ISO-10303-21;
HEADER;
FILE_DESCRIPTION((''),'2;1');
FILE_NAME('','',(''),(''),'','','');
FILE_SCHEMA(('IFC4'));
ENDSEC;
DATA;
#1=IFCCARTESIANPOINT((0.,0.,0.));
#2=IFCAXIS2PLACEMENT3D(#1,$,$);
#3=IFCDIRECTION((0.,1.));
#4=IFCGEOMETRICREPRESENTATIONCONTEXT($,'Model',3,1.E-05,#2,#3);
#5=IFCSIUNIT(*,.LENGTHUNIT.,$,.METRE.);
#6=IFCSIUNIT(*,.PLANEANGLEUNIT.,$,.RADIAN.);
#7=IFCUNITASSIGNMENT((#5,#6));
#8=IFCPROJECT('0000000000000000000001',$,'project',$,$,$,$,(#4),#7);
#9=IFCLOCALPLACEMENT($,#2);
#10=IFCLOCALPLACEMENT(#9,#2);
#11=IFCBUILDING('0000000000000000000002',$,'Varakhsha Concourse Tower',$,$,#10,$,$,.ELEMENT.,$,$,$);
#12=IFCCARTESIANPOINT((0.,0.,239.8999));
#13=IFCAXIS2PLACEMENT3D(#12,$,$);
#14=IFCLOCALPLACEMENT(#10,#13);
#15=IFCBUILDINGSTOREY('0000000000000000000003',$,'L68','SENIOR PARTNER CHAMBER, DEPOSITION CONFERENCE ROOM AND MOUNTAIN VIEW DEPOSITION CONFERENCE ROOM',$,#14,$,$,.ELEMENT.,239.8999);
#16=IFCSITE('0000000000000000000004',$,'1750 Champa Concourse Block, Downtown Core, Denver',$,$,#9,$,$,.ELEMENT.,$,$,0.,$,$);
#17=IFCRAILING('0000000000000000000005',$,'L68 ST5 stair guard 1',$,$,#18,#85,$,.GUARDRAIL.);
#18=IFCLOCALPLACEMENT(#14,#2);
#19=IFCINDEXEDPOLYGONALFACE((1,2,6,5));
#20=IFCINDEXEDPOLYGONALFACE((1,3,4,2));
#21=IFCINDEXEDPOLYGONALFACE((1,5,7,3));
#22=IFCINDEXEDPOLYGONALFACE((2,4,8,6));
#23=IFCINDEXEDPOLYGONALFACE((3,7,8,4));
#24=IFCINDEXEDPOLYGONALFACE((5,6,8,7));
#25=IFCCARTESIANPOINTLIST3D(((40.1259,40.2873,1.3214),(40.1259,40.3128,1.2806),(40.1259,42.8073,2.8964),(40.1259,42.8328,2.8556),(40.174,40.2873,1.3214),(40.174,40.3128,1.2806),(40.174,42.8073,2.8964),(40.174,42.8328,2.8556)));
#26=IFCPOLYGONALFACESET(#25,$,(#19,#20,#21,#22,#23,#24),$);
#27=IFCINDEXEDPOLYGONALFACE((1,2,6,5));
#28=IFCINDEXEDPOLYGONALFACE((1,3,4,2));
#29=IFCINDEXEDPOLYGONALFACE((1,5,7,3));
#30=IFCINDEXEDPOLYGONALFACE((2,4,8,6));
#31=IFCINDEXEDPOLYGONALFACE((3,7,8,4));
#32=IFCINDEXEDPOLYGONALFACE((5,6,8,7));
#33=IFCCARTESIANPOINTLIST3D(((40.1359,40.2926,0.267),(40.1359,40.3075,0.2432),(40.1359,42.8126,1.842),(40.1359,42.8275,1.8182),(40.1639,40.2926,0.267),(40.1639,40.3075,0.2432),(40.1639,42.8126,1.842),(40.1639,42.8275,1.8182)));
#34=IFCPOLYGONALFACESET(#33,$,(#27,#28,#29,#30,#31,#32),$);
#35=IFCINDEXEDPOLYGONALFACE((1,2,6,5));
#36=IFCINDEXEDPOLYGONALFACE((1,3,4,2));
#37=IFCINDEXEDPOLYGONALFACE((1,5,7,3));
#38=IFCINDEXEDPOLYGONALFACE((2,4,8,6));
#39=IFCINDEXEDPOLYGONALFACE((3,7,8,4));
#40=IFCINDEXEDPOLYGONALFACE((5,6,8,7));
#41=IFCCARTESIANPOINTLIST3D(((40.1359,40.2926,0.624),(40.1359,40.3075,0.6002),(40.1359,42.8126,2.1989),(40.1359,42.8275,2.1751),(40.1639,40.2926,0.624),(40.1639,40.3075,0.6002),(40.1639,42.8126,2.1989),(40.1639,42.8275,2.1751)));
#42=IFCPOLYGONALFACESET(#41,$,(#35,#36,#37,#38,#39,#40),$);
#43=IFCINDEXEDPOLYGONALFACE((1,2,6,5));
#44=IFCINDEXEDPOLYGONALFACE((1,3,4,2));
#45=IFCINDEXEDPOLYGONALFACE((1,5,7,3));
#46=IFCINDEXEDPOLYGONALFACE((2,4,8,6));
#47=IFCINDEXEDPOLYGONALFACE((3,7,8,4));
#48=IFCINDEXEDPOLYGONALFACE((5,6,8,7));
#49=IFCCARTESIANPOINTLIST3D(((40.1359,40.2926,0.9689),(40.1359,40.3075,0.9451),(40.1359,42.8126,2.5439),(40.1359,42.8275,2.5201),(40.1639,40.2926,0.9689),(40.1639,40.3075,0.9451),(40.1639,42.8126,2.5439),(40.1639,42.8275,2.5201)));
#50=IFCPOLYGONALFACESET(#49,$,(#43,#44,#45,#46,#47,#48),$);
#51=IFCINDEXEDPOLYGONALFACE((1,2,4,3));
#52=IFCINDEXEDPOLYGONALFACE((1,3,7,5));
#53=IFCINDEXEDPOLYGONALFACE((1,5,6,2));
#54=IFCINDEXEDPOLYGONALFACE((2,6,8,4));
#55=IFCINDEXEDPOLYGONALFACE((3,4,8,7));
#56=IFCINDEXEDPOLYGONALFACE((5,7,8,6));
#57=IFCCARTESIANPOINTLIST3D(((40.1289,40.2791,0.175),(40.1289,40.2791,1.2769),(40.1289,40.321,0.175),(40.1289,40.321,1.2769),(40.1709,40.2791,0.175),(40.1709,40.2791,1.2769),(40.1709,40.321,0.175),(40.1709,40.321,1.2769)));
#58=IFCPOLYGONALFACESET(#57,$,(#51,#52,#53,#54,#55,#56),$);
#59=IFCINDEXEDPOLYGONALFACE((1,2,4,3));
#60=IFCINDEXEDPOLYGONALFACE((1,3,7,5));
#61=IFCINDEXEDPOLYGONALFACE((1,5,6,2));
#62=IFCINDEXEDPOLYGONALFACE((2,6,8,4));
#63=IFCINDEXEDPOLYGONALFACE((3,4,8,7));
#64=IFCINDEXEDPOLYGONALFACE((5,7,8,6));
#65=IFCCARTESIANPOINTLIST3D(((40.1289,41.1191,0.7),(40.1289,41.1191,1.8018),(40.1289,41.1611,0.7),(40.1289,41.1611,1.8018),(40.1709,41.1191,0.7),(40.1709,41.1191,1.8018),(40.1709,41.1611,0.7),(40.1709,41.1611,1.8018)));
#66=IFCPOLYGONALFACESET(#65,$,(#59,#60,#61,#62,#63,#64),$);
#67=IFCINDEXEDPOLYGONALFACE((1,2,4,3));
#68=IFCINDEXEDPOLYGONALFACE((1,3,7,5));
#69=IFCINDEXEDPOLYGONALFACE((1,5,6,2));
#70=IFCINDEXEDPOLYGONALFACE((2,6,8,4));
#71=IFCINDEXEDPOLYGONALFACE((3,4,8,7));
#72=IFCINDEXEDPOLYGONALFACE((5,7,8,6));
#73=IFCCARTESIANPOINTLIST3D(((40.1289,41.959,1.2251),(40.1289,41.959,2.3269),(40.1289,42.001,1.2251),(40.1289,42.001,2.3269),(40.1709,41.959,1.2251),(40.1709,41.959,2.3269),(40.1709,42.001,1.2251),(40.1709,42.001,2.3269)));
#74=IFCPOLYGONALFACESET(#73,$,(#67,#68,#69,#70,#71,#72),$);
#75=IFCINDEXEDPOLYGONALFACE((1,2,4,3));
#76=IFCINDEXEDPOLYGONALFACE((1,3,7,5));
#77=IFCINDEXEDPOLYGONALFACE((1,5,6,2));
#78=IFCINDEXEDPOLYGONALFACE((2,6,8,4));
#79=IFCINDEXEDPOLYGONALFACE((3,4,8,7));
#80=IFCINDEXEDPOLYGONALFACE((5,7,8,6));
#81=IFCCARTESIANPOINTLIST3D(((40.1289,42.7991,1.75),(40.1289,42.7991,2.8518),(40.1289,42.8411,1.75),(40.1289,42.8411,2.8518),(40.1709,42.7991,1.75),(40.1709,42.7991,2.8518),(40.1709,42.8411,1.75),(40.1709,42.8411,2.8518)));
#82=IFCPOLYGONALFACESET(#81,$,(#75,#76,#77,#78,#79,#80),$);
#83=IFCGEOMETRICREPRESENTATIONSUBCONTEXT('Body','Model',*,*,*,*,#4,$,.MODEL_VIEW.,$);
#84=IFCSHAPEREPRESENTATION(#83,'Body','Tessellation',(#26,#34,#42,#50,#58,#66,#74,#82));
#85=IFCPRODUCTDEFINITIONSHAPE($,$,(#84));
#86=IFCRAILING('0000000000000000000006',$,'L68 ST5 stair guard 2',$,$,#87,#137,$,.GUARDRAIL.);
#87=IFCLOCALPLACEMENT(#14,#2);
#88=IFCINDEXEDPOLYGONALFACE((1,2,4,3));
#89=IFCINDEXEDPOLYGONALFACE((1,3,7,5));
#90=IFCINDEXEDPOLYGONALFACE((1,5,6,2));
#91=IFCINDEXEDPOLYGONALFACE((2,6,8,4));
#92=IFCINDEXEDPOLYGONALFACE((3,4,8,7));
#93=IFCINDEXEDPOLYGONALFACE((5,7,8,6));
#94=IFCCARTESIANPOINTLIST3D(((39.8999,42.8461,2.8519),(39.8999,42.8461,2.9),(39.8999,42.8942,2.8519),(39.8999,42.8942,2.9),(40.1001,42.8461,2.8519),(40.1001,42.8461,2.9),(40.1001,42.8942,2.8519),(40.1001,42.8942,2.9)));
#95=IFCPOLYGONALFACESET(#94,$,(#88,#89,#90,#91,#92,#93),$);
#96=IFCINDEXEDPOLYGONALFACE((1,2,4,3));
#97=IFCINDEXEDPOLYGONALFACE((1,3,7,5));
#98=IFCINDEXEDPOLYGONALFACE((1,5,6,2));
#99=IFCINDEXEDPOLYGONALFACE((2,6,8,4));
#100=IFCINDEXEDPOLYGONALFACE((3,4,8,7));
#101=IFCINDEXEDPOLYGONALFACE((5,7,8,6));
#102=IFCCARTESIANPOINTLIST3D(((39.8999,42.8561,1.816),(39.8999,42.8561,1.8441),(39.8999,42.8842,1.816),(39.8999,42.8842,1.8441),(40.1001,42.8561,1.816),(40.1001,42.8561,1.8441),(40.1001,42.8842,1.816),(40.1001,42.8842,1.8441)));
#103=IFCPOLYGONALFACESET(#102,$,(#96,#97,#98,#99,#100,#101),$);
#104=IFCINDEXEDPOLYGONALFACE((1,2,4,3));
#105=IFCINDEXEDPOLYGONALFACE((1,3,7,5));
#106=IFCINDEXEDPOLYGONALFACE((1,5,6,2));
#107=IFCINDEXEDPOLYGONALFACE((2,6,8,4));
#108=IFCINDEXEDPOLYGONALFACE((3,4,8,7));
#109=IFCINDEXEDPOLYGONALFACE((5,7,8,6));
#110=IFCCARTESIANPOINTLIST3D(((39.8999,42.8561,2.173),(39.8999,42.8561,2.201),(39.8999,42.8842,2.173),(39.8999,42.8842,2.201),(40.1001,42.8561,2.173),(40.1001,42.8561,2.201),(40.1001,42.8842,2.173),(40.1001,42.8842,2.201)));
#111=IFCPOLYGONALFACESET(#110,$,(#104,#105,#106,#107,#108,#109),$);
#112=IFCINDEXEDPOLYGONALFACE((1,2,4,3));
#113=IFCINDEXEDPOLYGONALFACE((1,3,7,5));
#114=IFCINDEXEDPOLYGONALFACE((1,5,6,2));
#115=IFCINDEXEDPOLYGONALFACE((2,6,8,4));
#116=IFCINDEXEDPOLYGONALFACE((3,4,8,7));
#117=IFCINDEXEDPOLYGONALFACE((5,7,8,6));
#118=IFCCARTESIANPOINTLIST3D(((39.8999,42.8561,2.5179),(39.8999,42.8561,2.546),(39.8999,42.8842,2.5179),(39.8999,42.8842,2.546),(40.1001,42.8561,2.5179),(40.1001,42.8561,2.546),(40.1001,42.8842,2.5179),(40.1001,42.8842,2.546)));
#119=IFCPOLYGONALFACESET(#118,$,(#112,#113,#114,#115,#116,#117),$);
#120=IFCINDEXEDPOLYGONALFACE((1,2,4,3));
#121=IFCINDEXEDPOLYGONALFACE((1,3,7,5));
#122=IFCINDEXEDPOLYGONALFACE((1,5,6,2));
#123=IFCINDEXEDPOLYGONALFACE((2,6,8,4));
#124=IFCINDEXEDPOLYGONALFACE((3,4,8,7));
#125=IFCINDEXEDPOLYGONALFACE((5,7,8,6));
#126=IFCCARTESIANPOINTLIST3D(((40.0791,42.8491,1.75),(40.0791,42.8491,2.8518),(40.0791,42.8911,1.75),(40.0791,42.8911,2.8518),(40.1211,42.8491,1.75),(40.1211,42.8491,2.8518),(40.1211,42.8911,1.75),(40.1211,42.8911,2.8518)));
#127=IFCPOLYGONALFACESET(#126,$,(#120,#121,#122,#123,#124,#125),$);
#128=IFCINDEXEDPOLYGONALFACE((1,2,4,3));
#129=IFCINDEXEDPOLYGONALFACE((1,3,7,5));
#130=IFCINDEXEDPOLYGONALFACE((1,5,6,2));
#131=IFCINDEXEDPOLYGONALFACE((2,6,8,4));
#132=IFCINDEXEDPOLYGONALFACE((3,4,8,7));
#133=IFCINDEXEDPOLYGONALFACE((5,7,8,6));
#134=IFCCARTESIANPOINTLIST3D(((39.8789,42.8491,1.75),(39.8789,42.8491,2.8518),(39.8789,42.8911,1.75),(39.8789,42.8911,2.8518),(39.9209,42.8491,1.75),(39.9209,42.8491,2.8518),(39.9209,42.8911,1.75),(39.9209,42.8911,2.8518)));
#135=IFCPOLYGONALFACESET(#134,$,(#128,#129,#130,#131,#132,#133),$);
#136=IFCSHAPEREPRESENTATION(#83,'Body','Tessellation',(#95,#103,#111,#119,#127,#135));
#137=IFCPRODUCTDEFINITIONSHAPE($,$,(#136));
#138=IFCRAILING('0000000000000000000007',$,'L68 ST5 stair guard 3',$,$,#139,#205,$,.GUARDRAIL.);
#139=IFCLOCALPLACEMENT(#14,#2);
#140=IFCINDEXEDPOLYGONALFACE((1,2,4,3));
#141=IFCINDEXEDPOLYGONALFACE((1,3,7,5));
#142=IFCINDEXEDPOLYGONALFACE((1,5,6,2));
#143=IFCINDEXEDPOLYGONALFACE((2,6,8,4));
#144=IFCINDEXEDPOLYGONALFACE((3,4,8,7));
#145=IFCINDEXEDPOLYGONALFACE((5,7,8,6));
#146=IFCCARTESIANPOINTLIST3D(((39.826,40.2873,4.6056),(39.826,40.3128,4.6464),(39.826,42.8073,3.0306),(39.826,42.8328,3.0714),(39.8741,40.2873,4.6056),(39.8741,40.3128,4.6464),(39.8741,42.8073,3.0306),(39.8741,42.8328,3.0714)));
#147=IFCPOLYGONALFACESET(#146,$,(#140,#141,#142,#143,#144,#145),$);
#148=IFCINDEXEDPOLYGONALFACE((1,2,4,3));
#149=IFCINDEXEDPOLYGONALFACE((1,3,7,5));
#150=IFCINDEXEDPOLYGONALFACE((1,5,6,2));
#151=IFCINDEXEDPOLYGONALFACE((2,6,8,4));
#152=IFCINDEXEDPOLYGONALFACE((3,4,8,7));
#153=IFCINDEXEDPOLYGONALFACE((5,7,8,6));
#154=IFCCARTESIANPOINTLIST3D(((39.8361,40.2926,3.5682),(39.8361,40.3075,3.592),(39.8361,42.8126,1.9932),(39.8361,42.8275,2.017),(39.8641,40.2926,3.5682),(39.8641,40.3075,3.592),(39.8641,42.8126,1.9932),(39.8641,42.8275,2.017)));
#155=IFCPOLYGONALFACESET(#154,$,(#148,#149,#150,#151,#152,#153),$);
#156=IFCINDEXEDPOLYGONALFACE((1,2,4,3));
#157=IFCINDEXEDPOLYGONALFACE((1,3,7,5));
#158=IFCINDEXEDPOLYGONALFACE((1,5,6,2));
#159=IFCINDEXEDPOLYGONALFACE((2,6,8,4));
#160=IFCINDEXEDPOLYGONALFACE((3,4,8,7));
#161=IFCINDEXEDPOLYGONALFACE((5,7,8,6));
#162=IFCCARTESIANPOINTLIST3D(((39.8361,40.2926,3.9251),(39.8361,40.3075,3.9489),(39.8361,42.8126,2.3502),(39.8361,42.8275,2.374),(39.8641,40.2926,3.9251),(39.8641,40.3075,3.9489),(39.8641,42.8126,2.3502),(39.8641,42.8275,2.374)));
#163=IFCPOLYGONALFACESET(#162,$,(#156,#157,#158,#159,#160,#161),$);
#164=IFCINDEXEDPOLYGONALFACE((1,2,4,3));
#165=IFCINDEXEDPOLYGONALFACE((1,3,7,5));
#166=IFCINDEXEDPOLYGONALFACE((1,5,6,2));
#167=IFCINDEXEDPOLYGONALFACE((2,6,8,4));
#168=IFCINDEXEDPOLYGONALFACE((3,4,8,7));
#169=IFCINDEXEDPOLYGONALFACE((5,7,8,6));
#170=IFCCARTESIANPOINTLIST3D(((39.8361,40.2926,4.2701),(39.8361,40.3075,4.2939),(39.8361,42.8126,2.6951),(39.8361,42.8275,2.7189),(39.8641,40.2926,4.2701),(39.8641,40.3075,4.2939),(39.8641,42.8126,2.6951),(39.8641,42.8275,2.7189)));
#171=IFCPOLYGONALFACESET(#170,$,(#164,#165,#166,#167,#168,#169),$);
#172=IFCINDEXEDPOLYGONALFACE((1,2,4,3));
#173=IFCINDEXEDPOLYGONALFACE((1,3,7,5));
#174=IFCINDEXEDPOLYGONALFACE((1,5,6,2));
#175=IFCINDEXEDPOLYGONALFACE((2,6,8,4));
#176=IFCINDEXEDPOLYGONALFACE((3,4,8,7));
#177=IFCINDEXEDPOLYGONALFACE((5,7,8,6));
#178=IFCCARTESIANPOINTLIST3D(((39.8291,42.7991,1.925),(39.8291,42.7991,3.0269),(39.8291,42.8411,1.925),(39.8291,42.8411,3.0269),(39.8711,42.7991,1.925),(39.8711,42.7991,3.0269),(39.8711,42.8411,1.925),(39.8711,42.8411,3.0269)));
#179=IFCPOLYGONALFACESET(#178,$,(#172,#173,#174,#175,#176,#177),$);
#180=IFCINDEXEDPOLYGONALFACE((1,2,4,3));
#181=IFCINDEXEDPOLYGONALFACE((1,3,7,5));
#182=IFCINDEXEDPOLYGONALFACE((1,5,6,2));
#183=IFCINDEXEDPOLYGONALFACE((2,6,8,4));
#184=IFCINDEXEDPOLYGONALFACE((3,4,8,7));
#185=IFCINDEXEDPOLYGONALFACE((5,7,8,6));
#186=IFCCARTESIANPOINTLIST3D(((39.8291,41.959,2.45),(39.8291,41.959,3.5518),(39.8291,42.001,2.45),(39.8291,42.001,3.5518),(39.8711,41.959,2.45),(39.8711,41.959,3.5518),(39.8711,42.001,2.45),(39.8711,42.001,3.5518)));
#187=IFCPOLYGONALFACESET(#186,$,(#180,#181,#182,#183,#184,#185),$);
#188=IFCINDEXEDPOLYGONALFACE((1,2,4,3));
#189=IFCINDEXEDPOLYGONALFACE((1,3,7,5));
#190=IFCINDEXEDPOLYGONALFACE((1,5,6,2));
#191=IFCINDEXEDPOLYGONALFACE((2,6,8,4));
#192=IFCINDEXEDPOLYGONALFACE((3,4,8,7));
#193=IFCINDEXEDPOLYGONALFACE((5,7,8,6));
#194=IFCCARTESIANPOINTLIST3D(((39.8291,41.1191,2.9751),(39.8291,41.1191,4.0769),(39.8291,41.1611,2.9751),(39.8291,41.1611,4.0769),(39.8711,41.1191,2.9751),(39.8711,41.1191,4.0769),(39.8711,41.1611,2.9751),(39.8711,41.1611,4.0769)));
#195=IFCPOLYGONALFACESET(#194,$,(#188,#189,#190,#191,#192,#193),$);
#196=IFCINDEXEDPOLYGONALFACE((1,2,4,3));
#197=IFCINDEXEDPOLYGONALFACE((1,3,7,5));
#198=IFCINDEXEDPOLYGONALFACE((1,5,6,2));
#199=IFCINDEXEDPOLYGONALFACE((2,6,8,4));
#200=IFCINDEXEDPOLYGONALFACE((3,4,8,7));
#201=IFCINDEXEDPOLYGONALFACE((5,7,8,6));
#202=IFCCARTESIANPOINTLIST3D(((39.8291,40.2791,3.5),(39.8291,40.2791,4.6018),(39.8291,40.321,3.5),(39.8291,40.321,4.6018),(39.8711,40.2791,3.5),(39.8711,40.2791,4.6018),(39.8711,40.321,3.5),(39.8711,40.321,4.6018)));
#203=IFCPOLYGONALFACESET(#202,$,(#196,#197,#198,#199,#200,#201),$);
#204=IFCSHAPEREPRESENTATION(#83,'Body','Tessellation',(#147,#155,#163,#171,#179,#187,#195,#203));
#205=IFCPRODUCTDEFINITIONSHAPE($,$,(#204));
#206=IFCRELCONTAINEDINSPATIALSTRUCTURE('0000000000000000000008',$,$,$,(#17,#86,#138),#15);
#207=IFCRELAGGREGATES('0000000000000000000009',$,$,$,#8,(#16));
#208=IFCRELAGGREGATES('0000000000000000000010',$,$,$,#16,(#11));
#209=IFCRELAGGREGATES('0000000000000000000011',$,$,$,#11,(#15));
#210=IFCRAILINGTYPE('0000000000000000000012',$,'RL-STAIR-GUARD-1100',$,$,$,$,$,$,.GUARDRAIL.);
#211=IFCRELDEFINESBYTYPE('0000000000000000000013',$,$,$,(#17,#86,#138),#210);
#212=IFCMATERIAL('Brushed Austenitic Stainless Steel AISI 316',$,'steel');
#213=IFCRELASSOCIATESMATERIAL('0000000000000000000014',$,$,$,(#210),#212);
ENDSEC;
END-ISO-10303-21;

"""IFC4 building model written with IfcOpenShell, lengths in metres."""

from ifc_helpers import new_model, si_unit, direction, frame, origin, origin_2d, place, context, subcontext, project, spatial, rectangle, extrude, material, type_object, element, save


model = new_model("IFC4")

# Units and contexts
model_context = context("Model", 3, precision=1e-05, world=origin(), true_north=direction((0.0, 1.0)))
body_context = subcontext(model_context, "Body", "Model", "MODEL_VIEW")
ifc_project = project(units=[si_unit("LENGTHUNIT", "METRE"), si_unit("PLANEANGLEUNIT", "RADIAN")], contexts=[model_context])

# Site, building, storey
site_placement = place(None, origin())
site = spatial("IfcSite", under=ifc_project, at=site_placement, Name="1750 Champa Concourse Block, Downtown Core, Denver", CompositionType="ELEMENT", RefElevation=0.0)
building_placement = place(site_placement, origin())
building = spatial("IfcBuilding", under=site, at=building_placement, Name="Varakhsha Concourse Tower", CompositionType="ELEMENT")
storey_placement = place(building_placement, frame((0.0, 0.0, 239.8999)))
storey = spatial("IfcBuildingStorey", under=building, at=storey_placement, Name="L68", Description="SENIOR PARTNER CHAMBER, DEPOSITION CONFERENCE ROOM AND MOUNTAIN VIEW DEPOSITION CONFERENCE ROOM", CompositionType="ELEMENT", Elevation=239.8999)

# Railings
ifc_material_1 = material(Name="Brushed Austenitic Stainless Steel AISI 316", Category="steel")
railing_type_1 = type_object("IfcRailingType", Name="RL-STAIR-GUARD-1100", PredefinedType="GUARDRAIL", material=ifc_material_1)
railing_1_placement = place(storey_placement, frame((40.1499, 40.3, 0.175)))
element("IfcRailing", 1, at=railing_1_placement, inside=storey, type_object=railing_type_1, Name="L68 ST5 stair guard 1", PredefinedType="GUARDRAIL", context=body_context, shape_type="SweptSolid", body=[
    extrude(rectangle(XDim=0.0481, YDim=0.0481, at=origin_2d()), frame((0.0, 0.0, 1.126), z_axis=(0.0, 0.848008, 0.529984), x_axis=(-1.0, 0.0, 0.0)), (0.0, 0.0, 1.0), 2.9717),
    extrude(rectangle(XDim=0.0281, YDim=0.0281, at=origin_2d()), frame((0.0, 0.0, 0.0801), z_axis=(0.0, 0.848008, 0.529984), x_axis=(-1.0, 0.0, 0.0)), (0.0, 0.0, 1.0), 2.9717),
    extrude(rectangle(XDim=0.0281, YDim=0.0281, at=origin_2d()), frame((0.0, 0.0, 0.437), z_axis=(0.0, 0.848008, 0.529984), x_axis=(-1.0, 0.0, 0.0)), (0.0, 0.0, 1.0), 2.9717),
    extrude(rectangle(XDim=0.0281, YDim=0.0281, at=origin_2d()), frame((0.0, 0.0, 0.782), z_axis=(0.0, 0.848008, 0.529984), x_axis=(-1.0, 0.0, 0.0)), (0.0, 0.0, 1.0), 2.9717),
    extrude(rectangle(XDim=0.042, YDim=0.042, at=origin_2d()), origin(), (0.0, 0.0, 1.0), 1.1018),
    extrude(rectangle(XDim=0.042, YDim=0.042, at=origin_2d()), frame((0.0, 0.8401, 0.5249)), (0.0, 0.0, 1.0), 1.1018),
    extrude(rectangle(XDim=0.042, YDim=0.042, at=origin_2d()), frame((0.0, 1.6799, 1.05)), (0.0, 0.0, 1.0), 1.1018),
    extrude(rectangle(XDim=0.042, YDim=0.042, at=origin_2d()), frame((0.0, 2.52, 1.575)), (0.0, 0.0, 1.0), 1.1018),
])
railing_2_placement = place(storey_placement, frame((40.1001, 42.8701, 1.75)))
element("IfcRailing", 2, at=railing_2_placement, inside=storey, type_object=railing_type_1, Name="L68 ST5 stair guard 2", PredefinedType="GUARDRAIL", context=body_context, shape_type="SweptSolid", body=[
    extrude(rectangle(XDim=0.0481, YDim=0.0481, at=origin_2d()), frame((0.0, 0.0, 1.126), z_axis=(-1.0, 0.0, 0.0), x_axis=(0.0, -1.0, 0.0)), (0.0, 0.0, 1.0), 0.2002),
    extrude(rectangle(XDim=0.0281, YDim=0.0281, at=origin_2d()), frame((0.0, 0.0, 0.0801), z_axis=(-1.0, 0.0, 0.0), x_axis=(0.0, -1.0, 0.0)), (0.0, 0.0, 1.0), 0.2002),
    extrude(rectangle(XDim=0.0281, YDim=0.0281, at=origin_2d()), frame((0.0, 0.0, 0.437), z_axis=(-1.0, 0.0, 0.0), x_axis=(0.0, -1.0, 0.0)), (0.0, 0.0, 1.0), 0.2002),
    extrude(rectangle(XDim=0.0281, YDim=0.0281, at=origin_2d()), frame((0.0, 0.0, 0.782), z_axis=(-1.0, 0.0, 0.0), x_axis=(0.0, -1.0, 0.0)), (0.0, 0.0, 1.0), 0.2002),
    extrude(rectangle(XDim=0.042, YDim=0.042, at=origin_2d()), origin(), (0.0, 0.0, 1.0), 1.1018),
    extrude(rectangle(XDim=0.042, YDim=0.042, at=origin_2d()), frame((-0.2002, 0.0, 0.0)), (0.0, 0.0, 1.0), 1.1018),
])
railing_3_placement = place(storey_placement, frame((39.8501, 42.8201, 1.925)))
element("IfcRailing", 3, at=railing_3_placement, inside=storey, type_object=railing_type_1, Name="L68 ST5 stair guard 3", PredefinedType="GUARDRAIL", context=body_context, shape_type="SweptSolid", body=[
    extrude(rectangle(XDim=0.0481, YDim=0.0481, at=origin_2d()), frame((0.0, 0.0, 1.126), z_axis=(0.0, -0.848008, 0.529984), x_axis=(1.0, 0.0, 0.0)), (0.0, 0.0, 1.0), 2.9717),
    extrude(rectangle(XDim=0.0281, YDim=0.0281, at=origin_2d()), frame((0.0, 0.0, 0.0801), z_axis=(0.0, -0.848008, 0.529984), x_axis=(1.0, 0.0, 0.0)), (0.0, 0.0, 1.0), 2.9717),
    extrude(rectangle(XDim=0.0281, YDim=0.0281, at=origin_2d()), frame((0.0, 0.0, 0.437), z_axis=(0.0, -0.848008, 0.529984), x_axis=(1.0, 0.0, 0.0)), (0.0, 0.0, 1.0), 2.9717),
    extrude(rectangle(XDim=0.0281, YDim=0.0281, at=origin_2d()), frame((0.0, 0.0, 0.782), z_axis=(0.0, -0.848008, 0.529984), x_axis=(1.0, 0.0, 0.0)), (0.0, 0.0, 1.0), 2.9717),
    extrude(rectangle(XDim=0.042, YDim=0.042, at=origin_2d()), origin(), (0.0, 0.0, 1.0), 1.1018),
    extrude(rectangle(XDim=0.042, YDim=0.042, at=origin_2d()), frame((0.0, -0.8401, 0.5249)), (0.0, 0.0, 1.0), 1.1018),
    extrude(rectangle(XDim=0.042, YDim=0.042, at=origin_2d()), frame((0.0, -1.6799, 1.05)), (0.0, 0.0, 1.0), 1.1018),
    extrude(rectangle(XDim=0.042, YDim=0.042, at=origin_2d()), frame((0.0, -2.52, 1.575)), (0.0, 0.0, 1.0), 1.1018),
])

save(model, "model.ifc")
